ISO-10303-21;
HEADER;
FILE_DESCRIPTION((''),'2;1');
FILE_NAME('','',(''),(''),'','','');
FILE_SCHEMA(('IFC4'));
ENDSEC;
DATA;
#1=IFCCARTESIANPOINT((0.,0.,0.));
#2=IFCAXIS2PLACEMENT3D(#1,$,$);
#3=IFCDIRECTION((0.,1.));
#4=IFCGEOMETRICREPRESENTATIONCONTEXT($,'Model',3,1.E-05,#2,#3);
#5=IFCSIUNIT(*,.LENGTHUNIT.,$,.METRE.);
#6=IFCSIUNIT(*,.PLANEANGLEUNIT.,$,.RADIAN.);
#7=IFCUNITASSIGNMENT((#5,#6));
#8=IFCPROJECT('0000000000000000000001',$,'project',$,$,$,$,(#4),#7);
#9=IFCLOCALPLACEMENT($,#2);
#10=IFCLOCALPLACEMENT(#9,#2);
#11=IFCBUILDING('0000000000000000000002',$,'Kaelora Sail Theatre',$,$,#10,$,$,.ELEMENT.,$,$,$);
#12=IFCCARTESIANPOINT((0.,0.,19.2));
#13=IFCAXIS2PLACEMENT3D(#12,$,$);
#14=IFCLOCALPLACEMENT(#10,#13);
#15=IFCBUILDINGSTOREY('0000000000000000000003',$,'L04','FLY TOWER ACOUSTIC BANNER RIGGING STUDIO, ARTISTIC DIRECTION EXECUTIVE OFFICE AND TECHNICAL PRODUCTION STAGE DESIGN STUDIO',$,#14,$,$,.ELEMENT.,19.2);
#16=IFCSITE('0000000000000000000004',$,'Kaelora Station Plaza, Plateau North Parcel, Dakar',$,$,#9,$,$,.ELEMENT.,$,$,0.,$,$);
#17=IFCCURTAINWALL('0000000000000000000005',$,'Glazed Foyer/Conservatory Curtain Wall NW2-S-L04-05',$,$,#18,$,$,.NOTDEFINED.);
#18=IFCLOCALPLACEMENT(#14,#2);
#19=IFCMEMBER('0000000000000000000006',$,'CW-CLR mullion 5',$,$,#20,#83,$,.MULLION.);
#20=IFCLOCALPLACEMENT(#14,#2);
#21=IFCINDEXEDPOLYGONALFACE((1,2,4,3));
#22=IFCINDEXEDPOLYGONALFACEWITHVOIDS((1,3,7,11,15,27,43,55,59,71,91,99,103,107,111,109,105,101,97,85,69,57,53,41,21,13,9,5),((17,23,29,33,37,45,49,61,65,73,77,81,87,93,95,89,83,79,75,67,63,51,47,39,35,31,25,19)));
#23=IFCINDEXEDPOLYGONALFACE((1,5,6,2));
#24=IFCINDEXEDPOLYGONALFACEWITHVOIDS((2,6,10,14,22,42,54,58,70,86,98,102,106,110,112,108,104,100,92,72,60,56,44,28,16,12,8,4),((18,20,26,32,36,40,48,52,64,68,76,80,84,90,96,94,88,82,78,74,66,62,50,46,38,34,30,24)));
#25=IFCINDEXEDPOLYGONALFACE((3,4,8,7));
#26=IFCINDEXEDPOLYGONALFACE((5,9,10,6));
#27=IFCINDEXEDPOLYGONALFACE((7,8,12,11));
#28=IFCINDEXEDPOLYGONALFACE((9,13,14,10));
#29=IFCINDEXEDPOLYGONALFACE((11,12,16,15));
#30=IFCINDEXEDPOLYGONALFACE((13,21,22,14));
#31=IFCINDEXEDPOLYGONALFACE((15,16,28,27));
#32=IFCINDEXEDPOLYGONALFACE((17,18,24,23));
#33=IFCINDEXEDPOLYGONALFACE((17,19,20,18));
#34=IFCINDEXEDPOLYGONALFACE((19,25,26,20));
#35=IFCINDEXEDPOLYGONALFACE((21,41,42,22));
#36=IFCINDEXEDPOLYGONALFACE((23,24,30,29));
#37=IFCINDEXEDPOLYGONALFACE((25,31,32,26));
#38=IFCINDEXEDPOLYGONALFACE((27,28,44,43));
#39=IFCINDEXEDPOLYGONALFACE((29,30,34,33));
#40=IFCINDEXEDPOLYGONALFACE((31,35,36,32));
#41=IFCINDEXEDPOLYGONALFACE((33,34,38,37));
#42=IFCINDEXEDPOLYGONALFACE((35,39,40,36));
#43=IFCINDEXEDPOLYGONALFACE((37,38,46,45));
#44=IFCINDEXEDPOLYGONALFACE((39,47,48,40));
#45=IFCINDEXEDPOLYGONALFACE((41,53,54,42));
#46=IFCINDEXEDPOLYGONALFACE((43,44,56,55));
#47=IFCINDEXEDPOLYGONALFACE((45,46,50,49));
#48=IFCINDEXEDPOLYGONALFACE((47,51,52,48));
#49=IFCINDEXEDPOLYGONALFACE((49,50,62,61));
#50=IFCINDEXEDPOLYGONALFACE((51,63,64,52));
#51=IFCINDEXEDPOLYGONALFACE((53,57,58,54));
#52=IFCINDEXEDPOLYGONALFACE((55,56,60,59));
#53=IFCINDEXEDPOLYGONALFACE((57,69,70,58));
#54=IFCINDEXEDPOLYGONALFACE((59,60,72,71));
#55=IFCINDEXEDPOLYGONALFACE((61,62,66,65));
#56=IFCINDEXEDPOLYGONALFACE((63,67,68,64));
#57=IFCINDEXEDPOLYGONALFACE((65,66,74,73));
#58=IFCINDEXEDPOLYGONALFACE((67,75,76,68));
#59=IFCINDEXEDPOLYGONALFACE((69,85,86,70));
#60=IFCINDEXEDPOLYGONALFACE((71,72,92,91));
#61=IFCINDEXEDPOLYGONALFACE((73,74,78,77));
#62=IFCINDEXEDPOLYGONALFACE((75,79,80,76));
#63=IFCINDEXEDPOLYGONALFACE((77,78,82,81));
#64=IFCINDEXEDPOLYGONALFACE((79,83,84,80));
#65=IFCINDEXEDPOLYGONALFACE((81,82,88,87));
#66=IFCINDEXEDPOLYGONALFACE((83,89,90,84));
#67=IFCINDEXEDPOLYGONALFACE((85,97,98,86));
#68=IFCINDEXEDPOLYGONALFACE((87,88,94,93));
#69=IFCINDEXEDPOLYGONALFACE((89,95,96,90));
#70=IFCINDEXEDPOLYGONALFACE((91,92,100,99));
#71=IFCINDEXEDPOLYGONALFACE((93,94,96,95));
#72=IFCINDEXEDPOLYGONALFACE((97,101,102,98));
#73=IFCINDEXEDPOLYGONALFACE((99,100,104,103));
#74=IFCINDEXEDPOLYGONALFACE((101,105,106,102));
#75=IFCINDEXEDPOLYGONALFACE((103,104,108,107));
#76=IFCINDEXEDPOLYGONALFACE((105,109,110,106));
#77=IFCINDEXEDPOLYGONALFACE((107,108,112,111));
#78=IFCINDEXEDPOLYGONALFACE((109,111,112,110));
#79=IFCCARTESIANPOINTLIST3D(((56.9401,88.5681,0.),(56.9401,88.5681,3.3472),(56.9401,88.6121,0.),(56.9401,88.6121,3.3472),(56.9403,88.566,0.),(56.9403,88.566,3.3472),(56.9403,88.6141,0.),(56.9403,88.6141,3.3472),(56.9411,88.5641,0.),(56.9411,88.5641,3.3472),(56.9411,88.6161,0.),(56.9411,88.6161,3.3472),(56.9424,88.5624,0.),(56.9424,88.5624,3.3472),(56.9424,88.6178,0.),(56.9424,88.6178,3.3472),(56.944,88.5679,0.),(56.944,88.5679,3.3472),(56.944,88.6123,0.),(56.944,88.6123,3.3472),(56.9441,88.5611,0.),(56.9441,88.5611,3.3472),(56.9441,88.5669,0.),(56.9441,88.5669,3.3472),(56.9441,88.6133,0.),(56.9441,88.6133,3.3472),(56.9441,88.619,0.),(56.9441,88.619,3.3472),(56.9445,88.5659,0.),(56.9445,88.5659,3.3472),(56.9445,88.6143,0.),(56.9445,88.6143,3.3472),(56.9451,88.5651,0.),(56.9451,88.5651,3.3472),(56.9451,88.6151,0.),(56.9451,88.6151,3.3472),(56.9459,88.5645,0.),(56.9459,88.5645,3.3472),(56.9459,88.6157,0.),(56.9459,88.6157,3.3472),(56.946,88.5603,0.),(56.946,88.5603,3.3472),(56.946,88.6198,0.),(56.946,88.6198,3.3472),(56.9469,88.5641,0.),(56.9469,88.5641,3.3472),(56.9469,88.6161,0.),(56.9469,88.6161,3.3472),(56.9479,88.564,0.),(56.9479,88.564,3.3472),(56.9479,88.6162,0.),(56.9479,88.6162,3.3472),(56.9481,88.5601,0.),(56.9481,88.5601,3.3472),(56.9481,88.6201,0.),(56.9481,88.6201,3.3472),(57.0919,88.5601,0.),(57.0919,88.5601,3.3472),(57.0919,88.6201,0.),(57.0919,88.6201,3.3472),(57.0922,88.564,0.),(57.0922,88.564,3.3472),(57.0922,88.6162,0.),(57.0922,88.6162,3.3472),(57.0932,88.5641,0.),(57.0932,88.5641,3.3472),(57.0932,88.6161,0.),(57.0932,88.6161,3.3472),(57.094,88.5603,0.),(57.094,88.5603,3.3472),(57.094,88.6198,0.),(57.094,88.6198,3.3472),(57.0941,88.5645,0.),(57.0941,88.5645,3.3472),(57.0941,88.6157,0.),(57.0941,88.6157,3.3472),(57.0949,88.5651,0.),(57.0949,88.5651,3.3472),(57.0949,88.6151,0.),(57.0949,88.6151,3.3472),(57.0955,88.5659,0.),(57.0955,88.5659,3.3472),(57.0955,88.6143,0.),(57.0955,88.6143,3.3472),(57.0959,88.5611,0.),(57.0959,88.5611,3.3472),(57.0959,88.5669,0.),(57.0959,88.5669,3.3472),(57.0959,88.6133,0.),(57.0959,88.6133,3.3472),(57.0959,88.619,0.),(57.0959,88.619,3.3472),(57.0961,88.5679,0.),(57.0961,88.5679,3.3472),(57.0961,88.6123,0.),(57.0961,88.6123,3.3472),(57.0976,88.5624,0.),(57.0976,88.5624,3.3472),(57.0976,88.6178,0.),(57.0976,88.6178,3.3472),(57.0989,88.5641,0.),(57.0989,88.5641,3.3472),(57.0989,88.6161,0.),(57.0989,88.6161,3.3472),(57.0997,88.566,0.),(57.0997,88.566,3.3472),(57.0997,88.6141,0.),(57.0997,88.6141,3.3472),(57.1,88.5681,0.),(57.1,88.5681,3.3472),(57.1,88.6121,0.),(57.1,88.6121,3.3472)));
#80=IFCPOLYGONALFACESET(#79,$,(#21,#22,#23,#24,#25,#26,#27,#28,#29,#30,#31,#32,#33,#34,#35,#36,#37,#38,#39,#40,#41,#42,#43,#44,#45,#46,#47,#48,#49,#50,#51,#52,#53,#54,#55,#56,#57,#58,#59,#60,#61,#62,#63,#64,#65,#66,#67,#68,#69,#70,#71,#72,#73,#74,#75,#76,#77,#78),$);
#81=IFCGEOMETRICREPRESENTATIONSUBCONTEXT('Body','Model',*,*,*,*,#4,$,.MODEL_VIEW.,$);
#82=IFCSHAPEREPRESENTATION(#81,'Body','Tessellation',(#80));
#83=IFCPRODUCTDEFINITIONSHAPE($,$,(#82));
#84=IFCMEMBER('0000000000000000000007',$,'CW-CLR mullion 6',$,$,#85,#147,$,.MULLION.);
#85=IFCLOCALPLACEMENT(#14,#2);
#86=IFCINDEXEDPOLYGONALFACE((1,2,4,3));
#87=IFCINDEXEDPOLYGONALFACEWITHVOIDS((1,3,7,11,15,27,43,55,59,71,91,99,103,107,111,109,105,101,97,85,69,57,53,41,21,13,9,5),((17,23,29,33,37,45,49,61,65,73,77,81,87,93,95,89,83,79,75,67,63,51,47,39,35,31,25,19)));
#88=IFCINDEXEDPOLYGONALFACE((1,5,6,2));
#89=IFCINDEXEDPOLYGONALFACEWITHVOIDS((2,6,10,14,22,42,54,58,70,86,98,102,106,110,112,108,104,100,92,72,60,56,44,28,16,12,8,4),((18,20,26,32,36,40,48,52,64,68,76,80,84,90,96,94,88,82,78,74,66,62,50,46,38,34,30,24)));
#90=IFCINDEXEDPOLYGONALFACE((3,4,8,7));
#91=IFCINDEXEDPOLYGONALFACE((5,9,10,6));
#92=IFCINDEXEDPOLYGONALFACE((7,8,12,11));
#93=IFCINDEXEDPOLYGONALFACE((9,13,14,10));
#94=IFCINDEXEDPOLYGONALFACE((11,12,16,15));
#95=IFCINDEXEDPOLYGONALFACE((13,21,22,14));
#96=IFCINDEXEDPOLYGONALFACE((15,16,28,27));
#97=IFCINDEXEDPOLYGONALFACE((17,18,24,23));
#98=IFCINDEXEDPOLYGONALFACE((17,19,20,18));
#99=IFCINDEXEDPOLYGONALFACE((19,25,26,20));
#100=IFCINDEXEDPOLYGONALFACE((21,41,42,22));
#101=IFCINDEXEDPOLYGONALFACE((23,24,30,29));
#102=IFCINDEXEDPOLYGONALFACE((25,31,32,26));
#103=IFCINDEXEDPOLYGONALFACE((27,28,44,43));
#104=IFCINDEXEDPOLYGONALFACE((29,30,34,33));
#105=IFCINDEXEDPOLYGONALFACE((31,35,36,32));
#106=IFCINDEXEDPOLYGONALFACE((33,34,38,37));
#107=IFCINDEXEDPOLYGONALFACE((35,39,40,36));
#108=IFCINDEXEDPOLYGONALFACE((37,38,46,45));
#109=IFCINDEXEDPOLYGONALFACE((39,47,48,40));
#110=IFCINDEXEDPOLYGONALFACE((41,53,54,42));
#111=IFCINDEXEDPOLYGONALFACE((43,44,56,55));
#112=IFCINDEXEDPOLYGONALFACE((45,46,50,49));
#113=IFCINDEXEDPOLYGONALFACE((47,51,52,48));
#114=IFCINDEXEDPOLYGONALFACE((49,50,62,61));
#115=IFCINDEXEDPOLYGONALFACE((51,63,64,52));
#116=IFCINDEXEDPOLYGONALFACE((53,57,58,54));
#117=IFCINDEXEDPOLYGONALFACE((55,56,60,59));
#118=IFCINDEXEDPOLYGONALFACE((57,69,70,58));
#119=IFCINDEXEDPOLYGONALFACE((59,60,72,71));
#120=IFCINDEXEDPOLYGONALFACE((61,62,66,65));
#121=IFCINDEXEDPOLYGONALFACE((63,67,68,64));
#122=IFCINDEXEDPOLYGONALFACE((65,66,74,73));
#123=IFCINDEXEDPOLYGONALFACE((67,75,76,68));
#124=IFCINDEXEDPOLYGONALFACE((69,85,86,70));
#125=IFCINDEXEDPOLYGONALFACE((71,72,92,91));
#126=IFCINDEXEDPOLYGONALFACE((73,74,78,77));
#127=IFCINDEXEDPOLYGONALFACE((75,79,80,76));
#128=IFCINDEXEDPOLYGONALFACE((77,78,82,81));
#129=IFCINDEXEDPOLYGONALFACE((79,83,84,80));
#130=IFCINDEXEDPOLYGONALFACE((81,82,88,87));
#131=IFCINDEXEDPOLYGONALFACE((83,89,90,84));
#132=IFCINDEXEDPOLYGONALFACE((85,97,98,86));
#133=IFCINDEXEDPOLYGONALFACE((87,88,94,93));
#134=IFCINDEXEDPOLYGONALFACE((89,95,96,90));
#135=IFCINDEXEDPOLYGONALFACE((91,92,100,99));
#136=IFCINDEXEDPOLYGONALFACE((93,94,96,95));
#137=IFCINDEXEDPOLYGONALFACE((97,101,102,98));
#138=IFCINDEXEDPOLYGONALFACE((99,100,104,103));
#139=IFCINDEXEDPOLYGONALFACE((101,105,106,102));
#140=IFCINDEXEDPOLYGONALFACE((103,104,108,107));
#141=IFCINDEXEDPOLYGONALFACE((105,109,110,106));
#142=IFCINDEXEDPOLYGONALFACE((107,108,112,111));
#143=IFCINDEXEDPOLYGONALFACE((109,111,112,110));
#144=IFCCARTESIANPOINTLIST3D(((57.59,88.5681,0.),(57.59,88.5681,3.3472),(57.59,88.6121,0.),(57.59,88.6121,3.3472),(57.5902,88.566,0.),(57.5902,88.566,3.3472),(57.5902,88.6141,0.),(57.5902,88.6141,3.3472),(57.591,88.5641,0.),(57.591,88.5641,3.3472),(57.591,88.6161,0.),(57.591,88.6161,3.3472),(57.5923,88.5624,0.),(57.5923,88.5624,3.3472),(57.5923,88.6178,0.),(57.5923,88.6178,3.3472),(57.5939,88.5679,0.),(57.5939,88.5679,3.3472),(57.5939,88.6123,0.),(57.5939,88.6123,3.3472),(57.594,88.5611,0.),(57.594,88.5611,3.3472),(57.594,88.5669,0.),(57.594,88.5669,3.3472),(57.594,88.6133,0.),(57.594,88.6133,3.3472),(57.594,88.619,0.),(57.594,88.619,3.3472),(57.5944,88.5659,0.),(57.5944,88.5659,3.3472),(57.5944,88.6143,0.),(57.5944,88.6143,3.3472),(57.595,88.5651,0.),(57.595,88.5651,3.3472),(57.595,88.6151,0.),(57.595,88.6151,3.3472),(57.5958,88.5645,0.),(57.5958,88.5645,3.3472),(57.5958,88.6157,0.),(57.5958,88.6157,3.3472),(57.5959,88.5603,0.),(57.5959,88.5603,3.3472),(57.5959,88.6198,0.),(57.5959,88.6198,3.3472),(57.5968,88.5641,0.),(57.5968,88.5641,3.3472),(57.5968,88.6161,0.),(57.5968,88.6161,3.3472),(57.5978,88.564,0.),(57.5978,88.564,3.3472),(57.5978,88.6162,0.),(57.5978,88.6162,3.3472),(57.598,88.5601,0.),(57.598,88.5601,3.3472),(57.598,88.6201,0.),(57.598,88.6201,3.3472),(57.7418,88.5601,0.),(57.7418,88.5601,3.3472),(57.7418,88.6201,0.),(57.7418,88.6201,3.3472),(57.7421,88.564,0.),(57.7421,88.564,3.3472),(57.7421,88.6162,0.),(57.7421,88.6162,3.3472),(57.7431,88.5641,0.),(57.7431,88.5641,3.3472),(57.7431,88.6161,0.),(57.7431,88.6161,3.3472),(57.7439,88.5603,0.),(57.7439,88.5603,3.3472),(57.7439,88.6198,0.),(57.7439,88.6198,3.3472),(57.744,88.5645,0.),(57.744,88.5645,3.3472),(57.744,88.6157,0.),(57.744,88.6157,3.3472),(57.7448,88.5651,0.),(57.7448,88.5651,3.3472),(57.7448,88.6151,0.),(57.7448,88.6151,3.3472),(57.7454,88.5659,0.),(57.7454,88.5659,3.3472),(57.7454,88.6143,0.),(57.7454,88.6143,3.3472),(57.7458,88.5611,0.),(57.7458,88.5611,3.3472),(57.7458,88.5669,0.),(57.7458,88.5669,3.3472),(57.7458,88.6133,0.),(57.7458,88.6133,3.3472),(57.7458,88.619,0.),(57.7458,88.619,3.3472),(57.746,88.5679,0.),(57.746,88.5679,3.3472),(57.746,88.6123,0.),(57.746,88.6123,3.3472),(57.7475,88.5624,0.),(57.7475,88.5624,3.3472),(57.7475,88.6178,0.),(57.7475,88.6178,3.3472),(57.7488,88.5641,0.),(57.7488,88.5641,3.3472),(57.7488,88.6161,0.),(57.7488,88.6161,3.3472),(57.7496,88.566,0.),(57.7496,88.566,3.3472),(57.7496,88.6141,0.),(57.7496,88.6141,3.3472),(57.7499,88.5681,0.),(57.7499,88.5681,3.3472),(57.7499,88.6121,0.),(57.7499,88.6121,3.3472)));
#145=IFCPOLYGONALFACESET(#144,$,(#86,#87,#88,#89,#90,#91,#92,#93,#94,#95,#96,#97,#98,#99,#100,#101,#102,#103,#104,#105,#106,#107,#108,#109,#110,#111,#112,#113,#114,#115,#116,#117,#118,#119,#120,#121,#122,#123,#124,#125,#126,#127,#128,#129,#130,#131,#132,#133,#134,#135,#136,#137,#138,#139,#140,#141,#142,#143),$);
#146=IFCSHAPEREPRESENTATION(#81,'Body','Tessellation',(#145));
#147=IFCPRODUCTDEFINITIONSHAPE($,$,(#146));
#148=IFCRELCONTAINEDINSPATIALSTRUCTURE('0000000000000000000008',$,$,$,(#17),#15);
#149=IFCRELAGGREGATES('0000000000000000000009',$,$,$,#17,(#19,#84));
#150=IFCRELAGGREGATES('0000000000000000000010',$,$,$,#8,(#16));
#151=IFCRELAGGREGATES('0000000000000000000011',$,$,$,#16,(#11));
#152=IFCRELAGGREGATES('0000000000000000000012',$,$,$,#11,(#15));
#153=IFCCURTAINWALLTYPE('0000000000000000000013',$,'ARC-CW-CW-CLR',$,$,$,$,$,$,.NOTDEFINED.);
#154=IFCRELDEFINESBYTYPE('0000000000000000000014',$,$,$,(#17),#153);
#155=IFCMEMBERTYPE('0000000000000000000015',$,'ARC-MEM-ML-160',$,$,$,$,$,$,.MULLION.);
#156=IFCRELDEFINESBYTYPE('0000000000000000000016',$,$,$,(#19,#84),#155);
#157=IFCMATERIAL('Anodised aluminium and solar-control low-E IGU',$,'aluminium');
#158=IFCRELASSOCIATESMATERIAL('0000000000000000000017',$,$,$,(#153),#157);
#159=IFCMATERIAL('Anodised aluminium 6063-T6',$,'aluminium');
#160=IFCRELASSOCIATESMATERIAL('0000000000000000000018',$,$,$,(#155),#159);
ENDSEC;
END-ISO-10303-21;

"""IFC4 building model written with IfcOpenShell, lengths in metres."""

from ifc_helpers import new_model, si_unit, direction, frame, origin, origin_2d, place, context, subcontext, project, spatial, hollow_rectangle, extrude, material, material_profile, profile_set, type_object, element, aggregate, save


model = new_model("IFC4")

# Units and contexts
model_context = context("Model", 3, precision=1e-05, world=origin(), true_north=direction((0.0, 1.0)))
body_context = subcontext(model_context, "Body", "Model", "MODEL_VIEW")
ifc_project = project(units=[si_unit("LENGTHUNIT", "METRE"), si_unit("PLANEANGLEUNIT", "RADIAN")], contexts=[model_context])

# Site, building, storey
site_placement = place(None, origin())
site = spatial("IfcSite", under=ifc_project, at=site_placement, Name="Kaelora Station Plaza, Plateau North Parcel, Dakar", CompositionType="ELEMENT", RefElevation=0.0)
building_placement = place(site_placement, origin())
building = spatial("IfcBuilding", under=site, at=building_placement, Name="Kaelora Sail Theatre", CompositionType="ELEMENT")
storey_placement = place(building_placement, frame((0.0, 0.0, 19.2)))
storey = spatial("IfcBuildingStorey", under=building, at=storey_placement, Name="L04", Description="FLY TOWER ACOUSTIC BANNER RIGGING STUDIO, ARTISTIC DIRECTION EXECUTIVE OFFICE AND TECHNICAL PRODUCTION STAGE DESIGN STUDIO", CompositionType="ELEMENT", Elevation=19.2)

# Curtain wall, members
ifc_material_1 = material(Name="Anodised aluminium and solar-control low-E IGU", Category="aluminium")
curtain_wall_type = type_object("IfcCurtainWallType", Name="ARC-CW-CW-CLR", PredefinedType="NOTDEFINED", material=ifc_material_1)
curtain_wall_1_placement = place(storey_placement, origin())
curtain_wall_1 = element("IfcCurtainWall", 1, at=curtain_wall_1_placement, inside=storey, type_object=curtain_wall_type, Name="Glazed Foyer/Conservatory Curtain Wall NW2-S-L04-05", PredefinedType="NOTDEFINED")
ifc_material_2 = material(Name="Anodised aluminium 6063-T6", Category="aluminium")
ifc_material_profile_1 = material_profile(ifc_material_2, hollow_rectangle(XDim=0.0601, YDim=0.1599, WallThickness=0.0039, InnerFilletRadius=0.0039, OuterFilletRadius=0.0081, at=origin_2d()), Name="ALU-MULL 60x160x4")
ifc_profile_set_1 = profile_set([ifc_material_profile_1], Name="Anodised aluminium 6063-T6")
member_type_1 = type_object("IfcMemberType", Name="ARC-MEM-ML-160", PredefinedType="MULLION", material=ifc_profile_set_1)
member_1_placement = place(storey_placement, frame((57.02, 88.5901, 0.0), z_axis=(0.0, 0.0, 1.0), x_axis=(0.0, 1.0, 0.0)))
member_1 = element("IfcMember", 2, at=member_1_placement, type_object=member_type_1, Name="CW-CLR mullion 5", PredefinedType="MULLION", context=body_context, shape_type="SweptSolid", body=[
    extrude(hollow_rectangle(XDim=0.0601, YDim=0.1599, WallThickness=0.0039, InnerFilletRadius=0.0039, OuterFilletRadius=0.0081, at=origin_2d()), origin(), (0.0, 0.0, 1.0), 3.3472),
])
member_2_placement = place(storey_placement, frame((57.6699, 88.5901, 0.0), z_axis=(0.0, 0.0, 1.0), x_axis=(0.0, 1.0, 0.0)))
member_2 = element("IfcMember", 3, at=member_2_placement, type_object=member_type_1, Name="CW-CLR mullion 6", PredefinedType="MULLION", context=body_context, shape_type="SweptSolid", body=[
    extrude(hollow_rectangle(XDim=0.0601, YDim=0.1599, WallThickness=0.0039, InnerFilletRadius=0.0039, OuterFilletRadius=0.0081, at=origin_2d()), origin(), (0.0, 0.0, 1.0), 3.3472),
])

aggregate(curtain_wall_1, [member_1, member_2])

save(model, "model.ifc")
